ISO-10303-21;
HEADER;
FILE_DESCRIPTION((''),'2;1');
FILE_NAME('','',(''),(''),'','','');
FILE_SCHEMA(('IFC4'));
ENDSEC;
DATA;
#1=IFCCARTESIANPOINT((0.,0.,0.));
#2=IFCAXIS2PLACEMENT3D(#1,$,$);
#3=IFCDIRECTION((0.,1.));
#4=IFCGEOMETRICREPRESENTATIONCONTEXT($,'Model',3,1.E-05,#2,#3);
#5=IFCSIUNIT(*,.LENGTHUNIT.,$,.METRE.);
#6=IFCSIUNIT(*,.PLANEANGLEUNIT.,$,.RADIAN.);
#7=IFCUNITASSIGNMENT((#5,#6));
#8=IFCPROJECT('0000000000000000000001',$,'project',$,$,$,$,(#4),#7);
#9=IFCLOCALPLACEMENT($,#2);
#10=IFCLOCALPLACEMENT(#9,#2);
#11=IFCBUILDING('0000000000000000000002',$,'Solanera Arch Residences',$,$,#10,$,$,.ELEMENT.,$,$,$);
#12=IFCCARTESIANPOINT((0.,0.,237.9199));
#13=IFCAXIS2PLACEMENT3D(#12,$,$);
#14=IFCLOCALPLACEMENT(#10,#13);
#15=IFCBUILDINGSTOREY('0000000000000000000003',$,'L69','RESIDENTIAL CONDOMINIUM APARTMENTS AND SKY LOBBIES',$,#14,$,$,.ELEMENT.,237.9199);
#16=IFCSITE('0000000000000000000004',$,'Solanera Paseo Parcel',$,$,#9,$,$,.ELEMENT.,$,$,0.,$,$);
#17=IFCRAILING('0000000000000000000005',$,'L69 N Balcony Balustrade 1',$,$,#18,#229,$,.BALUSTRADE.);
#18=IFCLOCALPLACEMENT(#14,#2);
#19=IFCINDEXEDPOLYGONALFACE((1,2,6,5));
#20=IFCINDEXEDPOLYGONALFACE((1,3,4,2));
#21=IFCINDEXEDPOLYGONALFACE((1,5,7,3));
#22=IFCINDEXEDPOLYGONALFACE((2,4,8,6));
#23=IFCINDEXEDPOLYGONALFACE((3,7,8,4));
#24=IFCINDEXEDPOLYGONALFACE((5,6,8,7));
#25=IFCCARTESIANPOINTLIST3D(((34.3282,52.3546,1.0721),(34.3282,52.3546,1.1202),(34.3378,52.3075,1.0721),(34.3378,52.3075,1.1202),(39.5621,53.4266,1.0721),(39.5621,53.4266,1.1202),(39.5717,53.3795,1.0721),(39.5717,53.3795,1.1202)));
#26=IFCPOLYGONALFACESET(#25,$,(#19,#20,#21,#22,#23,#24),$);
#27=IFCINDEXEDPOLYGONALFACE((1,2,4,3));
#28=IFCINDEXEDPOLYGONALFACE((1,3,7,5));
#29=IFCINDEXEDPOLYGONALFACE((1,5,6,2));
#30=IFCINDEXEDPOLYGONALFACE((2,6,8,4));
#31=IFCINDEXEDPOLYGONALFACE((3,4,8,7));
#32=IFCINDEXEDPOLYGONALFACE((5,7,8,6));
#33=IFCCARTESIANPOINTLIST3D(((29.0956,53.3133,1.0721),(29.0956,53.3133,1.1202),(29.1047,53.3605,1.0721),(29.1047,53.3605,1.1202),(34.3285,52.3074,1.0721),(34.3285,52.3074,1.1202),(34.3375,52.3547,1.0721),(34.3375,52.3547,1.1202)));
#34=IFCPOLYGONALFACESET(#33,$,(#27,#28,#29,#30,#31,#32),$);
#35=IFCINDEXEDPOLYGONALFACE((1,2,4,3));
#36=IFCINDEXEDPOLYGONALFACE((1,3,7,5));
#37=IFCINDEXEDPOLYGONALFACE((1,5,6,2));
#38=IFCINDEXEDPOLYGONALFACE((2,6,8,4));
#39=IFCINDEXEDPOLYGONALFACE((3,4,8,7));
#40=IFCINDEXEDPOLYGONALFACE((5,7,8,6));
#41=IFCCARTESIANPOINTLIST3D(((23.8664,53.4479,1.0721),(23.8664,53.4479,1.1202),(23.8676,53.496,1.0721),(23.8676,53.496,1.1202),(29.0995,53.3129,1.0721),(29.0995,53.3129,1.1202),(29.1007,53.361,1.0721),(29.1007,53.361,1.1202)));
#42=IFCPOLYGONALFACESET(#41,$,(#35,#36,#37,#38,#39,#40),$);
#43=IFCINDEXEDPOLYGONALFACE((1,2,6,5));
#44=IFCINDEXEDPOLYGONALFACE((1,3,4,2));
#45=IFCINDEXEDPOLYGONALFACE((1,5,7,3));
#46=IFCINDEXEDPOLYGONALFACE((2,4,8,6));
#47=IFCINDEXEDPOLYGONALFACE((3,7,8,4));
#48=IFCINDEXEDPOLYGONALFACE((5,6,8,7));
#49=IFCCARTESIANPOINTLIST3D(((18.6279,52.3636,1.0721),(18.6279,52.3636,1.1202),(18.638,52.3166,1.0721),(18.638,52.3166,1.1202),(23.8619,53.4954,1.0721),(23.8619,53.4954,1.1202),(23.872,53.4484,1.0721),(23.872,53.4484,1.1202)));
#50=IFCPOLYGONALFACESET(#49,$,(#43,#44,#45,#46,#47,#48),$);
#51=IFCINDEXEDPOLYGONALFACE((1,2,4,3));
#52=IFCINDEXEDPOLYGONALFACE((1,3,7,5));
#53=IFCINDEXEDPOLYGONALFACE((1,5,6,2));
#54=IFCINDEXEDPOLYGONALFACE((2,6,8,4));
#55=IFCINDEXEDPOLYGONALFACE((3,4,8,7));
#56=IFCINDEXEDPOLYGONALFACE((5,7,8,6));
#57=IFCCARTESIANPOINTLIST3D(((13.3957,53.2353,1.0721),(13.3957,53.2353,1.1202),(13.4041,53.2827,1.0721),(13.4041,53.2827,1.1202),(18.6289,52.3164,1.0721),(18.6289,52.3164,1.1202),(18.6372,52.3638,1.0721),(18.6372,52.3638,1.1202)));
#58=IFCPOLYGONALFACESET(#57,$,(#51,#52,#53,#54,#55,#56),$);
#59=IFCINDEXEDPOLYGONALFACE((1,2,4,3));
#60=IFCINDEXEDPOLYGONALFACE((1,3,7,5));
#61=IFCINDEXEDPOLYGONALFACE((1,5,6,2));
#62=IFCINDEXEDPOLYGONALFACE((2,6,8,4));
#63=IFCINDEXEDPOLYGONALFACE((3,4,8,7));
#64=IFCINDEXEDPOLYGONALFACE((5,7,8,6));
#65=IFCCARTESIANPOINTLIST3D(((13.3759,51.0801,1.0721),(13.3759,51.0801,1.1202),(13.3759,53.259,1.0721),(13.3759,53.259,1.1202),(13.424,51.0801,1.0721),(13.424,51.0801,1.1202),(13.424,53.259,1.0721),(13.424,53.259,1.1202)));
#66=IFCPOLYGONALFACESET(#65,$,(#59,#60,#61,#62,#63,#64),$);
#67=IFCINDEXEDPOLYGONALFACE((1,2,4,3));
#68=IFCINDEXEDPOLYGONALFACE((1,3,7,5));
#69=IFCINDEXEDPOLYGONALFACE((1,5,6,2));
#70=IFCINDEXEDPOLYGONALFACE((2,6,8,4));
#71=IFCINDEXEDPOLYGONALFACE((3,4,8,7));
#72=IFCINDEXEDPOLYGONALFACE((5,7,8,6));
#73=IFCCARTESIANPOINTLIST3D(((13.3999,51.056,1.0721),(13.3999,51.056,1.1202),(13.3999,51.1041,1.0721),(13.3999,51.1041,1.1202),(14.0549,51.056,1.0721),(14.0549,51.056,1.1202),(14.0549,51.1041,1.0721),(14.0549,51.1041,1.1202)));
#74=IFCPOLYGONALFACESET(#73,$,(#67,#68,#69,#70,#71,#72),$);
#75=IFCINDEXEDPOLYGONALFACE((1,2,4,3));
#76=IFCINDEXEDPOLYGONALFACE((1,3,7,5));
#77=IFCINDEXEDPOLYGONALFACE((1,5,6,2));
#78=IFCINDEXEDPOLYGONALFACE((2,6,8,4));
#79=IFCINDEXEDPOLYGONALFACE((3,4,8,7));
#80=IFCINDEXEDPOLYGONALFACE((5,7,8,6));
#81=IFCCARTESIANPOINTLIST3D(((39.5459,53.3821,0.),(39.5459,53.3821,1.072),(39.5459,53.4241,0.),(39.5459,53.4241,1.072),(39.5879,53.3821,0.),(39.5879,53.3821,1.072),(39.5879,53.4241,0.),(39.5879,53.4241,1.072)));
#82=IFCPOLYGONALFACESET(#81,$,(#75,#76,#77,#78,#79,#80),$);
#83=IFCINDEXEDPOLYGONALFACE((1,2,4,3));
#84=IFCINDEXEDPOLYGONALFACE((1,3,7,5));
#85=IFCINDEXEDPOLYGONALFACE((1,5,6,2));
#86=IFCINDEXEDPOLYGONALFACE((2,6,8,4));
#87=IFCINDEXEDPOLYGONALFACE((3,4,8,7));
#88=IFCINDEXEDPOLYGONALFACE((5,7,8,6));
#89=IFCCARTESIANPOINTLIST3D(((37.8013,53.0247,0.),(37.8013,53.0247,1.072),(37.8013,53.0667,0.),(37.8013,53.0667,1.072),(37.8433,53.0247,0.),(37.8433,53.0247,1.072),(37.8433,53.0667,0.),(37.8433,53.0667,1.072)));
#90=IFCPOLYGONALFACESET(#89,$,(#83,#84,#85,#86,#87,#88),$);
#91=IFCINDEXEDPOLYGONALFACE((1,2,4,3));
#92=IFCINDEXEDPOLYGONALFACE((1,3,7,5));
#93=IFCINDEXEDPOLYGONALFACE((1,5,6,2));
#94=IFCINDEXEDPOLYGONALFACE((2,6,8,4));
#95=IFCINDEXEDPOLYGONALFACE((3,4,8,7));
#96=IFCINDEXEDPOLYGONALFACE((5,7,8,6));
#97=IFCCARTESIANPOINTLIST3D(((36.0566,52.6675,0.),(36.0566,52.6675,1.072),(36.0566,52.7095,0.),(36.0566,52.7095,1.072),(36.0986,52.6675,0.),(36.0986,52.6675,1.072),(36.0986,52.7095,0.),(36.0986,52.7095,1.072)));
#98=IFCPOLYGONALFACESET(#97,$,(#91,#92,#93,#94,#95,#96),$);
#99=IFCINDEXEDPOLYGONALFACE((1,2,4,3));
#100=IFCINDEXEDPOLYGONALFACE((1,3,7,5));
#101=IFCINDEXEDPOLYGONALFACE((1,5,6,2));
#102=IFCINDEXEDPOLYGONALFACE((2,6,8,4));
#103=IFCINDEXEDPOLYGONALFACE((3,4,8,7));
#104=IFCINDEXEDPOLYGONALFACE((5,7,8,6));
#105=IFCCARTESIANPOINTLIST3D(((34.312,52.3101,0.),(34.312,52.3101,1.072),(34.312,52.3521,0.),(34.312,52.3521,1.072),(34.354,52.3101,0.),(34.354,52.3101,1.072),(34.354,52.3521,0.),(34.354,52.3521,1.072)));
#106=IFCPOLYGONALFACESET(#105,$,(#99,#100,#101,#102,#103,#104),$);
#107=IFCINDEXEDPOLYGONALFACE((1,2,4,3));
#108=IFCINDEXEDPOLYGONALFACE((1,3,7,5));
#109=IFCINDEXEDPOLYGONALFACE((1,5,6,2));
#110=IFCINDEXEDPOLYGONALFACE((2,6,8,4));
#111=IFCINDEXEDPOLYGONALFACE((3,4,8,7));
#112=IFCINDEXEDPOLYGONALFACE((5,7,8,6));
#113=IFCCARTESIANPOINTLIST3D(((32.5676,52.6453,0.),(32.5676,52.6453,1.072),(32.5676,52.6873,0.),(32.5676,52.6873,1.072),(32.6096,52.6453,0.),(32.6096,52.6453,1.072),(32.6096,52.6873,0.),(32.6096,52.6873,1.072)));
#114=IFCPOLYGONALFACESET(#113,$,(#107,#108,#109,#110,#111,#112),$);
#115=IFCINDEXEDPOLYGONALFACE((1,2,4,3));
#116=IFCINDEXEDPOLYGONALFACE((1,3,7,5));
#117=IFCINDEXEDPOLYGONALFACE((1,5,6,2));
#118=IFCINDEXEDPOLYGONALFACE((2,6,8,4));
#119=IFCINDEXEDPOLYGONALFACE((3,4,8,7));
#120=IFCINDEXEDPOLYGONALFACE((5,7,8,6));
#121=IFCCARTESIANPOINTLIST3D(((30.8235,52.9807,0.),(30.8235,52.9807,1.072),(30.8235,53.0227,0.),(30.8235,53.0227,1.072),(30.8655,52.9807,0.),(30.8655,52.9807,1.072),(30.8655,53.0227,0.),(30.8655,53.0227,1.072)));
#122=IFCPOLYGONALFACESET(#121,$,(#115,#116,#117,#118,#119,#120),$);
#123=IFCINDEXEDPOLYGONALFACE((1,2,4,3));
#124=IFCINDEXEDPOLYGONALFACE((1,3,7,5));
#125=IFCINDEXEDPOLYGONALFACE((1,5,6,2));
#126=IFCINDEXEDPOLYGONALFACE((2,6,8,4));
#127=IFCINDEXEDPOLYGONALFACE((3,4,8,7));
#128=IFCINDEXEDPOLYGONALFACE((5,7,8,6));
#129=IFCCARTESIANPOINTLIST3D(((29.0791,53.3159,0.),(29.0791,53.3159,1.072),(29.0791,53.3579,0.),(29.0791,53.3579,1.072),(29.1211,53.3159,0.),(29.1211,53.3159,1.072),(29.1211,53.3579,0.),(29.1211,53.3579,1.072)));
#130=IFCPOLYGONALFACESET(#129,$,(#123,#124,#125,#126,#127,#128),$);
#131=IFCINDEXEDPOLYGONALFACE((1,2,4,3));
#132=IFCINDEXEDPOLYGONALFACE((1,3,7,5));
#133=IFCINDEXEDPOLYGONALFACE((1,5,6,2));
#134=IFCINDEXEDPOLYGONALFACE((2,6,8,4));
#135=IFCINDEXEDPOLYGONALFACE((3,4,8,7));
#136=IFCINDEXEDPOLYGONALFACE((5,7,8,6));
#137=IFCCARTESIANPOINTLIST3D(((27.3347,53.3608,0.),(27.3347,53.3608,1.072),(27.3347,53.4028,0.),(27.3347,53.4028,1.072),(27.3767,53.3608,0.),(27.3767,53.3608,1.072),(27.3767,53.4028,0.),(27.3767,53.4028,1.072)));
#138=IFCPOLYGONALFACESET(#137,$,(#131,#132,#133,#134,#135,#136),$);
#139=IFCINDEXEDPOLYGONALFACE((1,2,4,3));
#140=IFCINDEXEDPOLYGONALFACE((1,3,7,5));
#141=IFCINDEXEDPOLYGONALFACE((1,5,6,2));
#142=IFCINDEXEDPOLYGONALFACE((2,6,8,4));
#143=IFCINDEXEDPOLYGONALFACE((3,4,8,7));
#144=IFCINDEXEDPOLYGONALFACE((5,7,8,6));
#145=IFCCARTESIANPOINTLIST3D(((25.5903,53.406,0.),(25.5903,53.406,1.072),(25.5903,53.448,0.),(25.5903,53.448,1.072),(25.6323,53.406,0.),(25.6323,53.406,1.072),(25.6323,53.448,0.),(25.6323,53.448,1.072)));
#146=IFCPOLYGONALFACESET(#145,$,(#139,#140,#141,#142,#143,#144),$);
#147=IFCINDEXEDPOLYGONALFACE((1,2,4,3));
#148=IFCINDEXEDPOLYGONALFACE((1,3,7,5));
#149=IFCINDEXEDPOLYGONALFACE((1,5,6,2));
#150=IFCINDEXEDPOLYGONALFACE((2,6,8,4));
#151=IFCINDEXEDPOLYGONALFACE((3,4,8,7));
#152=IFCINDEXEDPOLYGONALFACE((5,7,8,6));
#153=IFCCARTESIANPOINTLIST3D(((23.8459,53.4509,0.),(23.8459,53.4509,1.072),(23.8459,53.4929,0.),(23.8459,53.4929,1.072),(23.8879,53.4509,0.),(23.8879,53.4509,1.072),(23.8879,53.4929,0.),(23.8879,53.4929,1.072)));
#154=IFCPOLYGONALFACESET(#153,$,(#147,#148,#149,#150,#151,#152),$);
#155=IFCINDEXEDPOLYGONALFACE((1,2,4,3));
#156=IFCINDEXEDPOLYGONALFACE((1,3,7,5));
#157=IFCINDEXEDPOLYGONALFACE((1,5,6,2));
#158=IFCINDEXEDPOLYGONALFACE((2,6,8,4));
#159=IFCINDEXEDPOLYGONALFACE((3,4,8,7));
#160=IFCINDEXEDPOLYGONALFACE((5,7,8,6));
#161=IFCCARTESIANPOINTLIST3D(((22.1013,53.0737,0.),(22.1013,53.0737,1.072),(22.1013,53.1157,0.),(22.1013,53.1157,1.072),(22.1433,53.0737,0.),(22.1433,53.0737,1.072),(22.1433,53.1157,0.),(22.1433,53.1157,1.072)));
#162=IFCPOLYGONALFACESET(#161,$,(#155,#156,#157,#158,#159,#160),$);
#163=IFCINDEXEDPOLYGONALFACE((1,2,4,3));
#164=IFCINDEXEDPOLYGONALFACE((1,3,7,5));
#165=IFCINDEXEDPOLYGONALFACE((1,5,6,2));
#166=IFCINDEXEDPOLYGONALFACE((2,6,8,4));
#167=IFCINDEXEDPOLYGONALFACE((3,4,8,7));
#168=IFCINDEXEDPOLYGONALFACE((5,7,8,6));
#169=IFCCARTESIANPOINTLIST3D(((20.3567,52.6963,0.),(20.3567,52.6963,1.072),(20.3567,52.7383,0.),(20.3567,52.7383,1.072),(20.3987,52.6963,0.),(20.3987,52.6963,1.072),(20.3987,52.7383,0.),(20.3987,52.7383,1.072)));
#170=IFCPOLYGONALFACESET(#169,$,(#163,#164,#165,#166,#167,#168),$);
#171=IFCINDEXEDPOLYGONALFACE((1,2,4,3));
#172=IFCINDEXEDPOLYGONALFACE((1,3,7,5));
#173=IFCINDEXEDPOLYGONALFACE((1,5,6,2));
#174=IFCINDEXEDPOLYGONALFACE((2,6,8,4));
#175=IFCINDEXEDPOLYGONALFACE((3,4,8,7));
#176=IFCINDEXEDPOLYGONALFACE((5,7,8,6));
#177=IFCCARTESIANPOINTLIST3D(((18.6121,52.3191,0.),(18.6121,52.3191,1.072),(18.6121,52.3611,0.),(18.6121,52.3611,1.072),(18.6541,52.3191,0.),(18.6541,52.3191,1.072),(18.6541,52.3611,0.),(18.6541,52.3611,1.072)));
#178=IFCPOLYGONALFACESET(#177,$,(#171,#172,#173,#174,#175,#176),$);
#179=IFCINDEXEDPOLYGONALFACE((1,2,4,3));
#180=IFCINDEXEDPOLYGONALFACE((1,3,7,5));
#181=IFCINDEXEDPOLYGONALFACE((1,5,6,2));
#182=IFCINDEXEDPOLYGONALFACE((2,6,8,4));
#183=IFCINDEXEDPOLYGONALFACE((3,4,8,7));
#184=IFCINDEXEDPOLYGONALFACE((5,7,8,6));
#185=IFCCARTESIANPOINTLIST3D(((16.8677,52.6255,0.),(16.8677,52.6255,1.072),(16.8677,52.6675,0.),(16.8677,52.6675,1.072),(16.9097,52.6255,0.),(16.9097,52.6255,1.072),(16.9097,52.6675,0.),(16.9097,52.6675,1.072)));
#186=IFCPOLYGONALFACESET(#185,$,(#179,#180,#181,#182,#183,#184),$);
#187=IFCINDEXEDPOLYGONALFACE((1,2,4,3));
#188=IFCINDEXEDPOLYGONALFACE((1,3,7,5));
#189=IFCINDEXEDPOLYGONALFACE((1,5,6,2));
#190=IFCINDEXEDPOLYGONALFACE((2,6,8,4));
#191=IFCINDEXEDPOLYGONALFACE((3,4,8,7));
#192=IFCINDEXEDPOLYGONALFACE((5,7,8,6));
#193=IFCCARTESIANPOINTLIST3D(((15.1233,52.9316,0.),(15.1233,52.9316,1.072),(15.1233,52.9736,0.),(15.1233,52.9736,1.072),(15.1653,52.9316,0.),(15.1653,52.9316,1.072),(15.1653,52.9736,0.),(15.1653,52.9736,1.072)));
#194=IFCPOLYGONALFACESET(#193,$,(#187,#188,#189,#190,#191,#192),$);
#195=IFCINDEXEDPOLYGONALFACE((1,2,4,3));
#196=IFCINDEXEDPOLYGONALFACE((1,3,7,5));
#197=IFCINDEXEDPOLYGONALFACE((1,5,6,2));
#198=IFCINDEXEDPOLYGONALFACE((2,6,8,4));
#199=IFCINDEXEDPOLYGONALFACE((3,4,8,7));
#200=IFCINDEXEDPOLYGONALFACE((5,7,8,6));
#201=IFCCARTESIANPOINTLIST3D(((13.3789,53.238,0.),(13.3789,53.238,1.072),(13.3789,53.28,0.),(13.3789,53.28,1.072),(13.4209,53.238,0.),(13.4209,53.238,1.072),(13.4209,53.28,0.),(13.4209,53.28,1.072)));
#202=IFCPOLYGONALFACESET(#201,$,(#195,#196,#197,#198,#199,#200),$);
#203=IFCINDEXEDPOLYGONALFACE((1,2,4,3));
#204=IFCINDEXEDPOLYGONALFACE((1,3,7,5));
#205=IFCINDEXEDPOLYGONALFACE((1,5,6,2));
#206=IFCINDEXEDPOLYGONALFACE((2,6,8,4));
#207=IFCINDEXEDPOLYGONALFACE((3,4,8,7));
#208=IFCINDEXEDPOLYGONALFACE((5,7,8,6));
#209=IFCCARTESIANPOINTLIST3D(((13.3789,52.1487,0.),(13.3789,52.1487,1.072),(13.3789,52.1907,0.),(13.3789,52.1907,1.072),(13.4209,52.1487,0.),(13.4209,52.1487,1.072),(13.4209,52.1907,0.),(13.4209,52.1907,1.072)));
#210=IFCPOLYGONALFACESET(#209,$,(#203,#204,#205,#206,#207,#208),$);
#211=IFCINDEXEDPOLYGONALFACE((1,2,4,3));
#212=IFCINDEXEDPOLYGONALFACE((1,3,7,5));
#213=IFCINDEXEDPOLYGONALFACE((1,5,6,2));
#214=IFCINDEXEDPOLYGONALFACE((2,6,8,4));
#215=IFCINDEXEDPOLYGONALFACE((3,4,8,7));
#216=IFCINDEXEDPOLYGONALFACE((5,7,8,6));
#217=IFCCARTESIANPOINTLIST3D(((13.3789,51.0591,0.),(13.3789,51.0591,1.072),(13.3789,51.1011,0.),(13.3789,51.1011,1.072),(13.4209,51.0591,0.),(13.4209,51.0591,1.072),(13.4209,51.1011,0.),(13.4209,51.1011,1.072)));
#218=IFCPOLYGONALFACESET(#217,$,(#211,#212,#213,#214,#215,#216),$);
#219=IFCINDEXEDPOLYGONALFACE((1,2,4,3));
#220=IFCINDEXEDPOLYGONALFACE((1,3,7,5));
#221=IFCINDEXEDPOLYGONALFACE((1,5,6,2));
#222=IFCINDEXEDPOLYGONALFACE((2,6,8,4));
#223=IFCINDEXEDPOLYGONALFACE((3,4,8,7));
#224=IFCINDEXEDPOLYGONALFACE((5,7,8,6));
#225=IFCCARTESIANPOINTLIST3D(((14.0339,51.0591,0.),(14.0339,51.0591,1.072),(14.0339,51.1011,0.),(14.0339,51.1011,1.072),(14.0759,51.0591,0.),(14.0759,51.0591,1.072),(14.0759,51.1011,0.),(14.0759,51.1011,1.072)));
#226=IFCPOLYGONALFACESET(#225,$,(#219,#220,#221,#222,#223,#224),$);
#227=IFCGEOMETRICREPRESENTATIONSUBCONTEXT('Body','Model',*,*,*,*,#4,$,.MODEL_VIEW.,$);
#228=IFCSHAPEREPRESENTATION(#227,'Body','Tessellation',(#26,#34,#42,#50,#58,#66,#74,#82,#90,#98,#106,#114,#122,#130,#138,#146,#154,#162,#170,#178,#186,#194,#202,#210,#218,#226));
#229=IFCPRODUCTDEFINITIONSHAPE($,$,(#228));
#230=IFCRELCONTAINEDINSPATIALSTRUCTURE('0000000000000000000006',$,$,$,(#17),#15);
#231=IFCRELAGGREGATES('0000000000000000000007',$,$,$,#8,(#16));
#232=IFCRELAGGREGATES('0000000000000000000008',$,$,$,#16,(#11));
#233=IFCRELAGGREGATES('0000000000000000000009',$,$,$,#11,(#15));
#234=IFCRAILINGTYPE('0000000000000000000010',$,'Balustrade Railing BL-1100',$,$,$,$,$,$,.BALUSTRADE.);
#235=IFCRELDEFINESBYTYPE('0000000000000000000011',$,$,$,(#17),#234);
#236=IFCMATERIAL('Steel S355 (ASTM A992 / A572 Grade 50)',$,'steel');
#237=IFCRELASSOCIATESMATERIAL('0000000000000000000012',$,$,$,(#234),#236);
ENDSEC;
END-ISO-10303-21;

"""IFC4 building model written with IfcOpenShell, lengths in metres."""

from ifc_helpers import new_model, si_unit, direction, frame, origin, origin_2d, place, context, subcontext, project, spatial, rectangle, extrude, material, type_object, element, save


model = new_model("IFC4")

# Units and contexts
model_context = context("Model", 3, precision=1e-05, world=origin(), true_north=direction((0.0, 1.0)))
body_context = subcontext(model_context, "Body", "Model", "MODEL_VIEW")
ifc_project = project(units=[si_unit("LENGTHUNIT", "METRE"), si_unit("PLANEANGLEUNIT", "RADIAN")], contexts=[model_context])

# Site, building, storey
site_placement = place(None, origin())
site = spatial("IfcSite", under=ifc_project, at=site_placement, Name="Solanera Paseo Parcel", CompositionType="ELEMENT", RefElevation=0.0)
building_placement = place(site_placement, origin())
building = spatial("IfcBuilding", under=site, at=building_placement, Name="Solanera Arch Residences", CompositionType="ELEMENT")
storey_placement = place(building_placement, frame((0.0, 0.0, 237.9199)))
storey = spatial("IfcBuildingStorey", under=building, at=storey_placement, Name="L69", Description="RESIDENTIAL CONDOMINIUM APARTMENTS AND SKY LOBBIES", CompositionType="ELEMENT", Elevation=237.9199)

# Railing
ifc_material_1 = material(Name="Steel S355 (ASTM A992 / A572 Grade 50)", Category="steel")
railing_type = type_object("IfcRailingType", Name="Balustrade Railing BL-1100", PredefinedType="BALUSTRADE", material=ifc_material_1)
railing_1_placement = place(storey_placement, frame((39.5669, 53.4031, 0.0)))
element("IfcRailing", 1, at=railing_1_placement, inside=storey, type_object=railing_type, Name="L69 N Balcony Balustrade 1", PredefinedType="BALUSTRADE", context=body_context, shape_type="SweptSolid", body=[
    extrude(rectangle(XDim=0.0481, YDim=0.0481, at=origin_2d()), frame((0.0, 0.0, 1.0962), z_axis=(-0.979661, -0.200657, 0.0), x_axis=(0.200657, -0.979661, 0.0)), (0.0, 0.0, 1.0), 5.3425),
    extrude(rectangle(XDim=0.0481, YDim=0.0481, at=origin_2d()), frame((-5.2339, -1.072, 1.0962), z_axis=(-0.982023, 0.188762, 0.0), x_axis=(-0.188762, -0.982023, 0.0)), (0.0, 0.0, 1.0), 5.3286),
    extrude(rectangle(XDim=0.0481, YDim=0.0481, at=origin_2d()), frame((-10.4668, -0.0662, 1.0962), z_axis=(-0.999667, 0.02579, 0.0), x_axis=(-0.02579, -0.999667, 0.0)), (0.0, 0.0, 1.0), 5.2349),
    extrude(rectangle(XDim=0.0481, YDim=0.0481, at=origin_2d()), frame((-15.7, 0.0688, 1.0962), z_axis=(-0.977407, -0.211366, 0.0), x_axis=(0.211366, -0.977407, 0.0)), (0.0, 0.0, 1.0), 5.355),
    extrude(rectangle(XDim=0.0481, YDim=0.0481, at=origin_2d()), frame((-20.9338, -1.063, 1.0962), z_axis=(-0.98493, 0.172954, 0.0), x_axis=(-0.172954, -0.98493, 0.0)), (0.0, 0.0, 1.0), 5.3132),
    extrude(rectangle(XDim=0.0481, YDim=0.0481, at=origin_2d()), frame((-26.167, -0.144, 1.0962), z_axis=(0.0, -1.0, 0.0), x_axis=(1.0, 0.0, 0.0)), (0.0, 0.0, 1.0), 2.179),
    extrude(rectangle(XDim=0.0481, YDim=0.0481, at=origin_2d()), frame((-26.167, -2.323, 1.0962), z_axis=(1.0, 0.0, 0.0), x_axis=(0.0, 1.0, 0.0)), (0.0, 0.0, 1.0), 0.655),
    extrude(rectangle(XDim=0.042, YDim=0.042, at=origin_2d()), origin(), (0.0, 0.0, 1.0), 1.072),
    extrude(rectangle(XDim=0.042, YDim=0.042, at=origin_2d()), frame((-1.7446, -0.3574, 0.0)), (0.0, 0.0, 1.0), 1.072),
    extrude(rectangle(XDim=0.042, YDim=0.042, at=origin_2d()), frame((-3.4893, -0.7146, 0.0)), (0.0, 0.0, 1.0), 1.072),
    extrude(rectangle(XDim=0.042, YDim=0.042, at=origin_2d()), frame((-5.2339, -1.072, 0.0)), (0.0, 0.0, 1.0), 1.072),
    extrude(rectangle(XDim=0.042, YDim=0.042, at=origin_2d()), frame((-6.9783, -0.7368, 0.0)), (0.0, 0.0, 1.0), 1.072),
    extrude(rectangle(XDim=0.042, YDim=0.042, at=origin_2d()), frame((-8.7224, -0.4014, 0.0)), (0.0, 0.0, 1.0), 1.072),
    extrude(rectangle(XDim=0.042, YDim=0.042, at=origin_2d()), frame((-10.4668, -0.0662, 0.0)), (0.0, 0.0, 1.0), 1.072),
    extrude(rectangle(XDim=0.042, YDim=0.042, at=origin_2d()), frame((-12.2112, -0.0212, 0.0)), (0.0, 0.0, 1.0), 1.072),
    extrude(rectangle(XDim=0.042, YDim=0.042, at=origin_2d()), frame((-13.9556, 0.0239, 0.0)), (0.0, 0.0, 1.0), 1.072),
    extrude(rectangle(XDim=0.042, YDim=0.042, at=origin_2d()), frame((-15.7, 0.0688, 0.0)), (0.0, 0.0, 1.0), 1.072),
    extrude(rectangle(XDim=0.042, YDim=0.042, at=origin_2d()), frame((-17.4446, -0.3083, 0.0)), (0.0, 0.0, 1.0), 1.072),
    extrude(rectangle(XDim=0.042, YDim=0.042, at=origin_2d()), frame((-19.1892, -0.6858, 0.0)), (0.0, 0.0, 1.0), 1.072),
    extrude(rectangle(XDim=0.042, YDim=0.042, at=origin_2d()), frame((-20.9338, -1.063, 0.0)), (0.0, 0.0, 1.0), 1.072),
    extrude(rectangle(XDim=0.042, YDim=0.042, at=origin_2d()), frame((-22.6782, -0.7566, 0.0)), (0.0, 0.0, 1.0), 1.072),
    extrude(rectangle(XDim=0.042, YDim=0.042, at=origin_2d()), frame((-24.4226, -0.4504, 0.0)), (0.0, 0.0, 1.0), 1.072),
    extrude(rectangle(XDim=0.042, YDim=0.042, at=origin_2d()), frame((-26.167, -0.144, 0.0)), (0.0, 0.0, 1.0), 1.072),
    extrude(rectangle(XDim=0.042, YDim=0.042, at=origin_2d()), frame((-26.167, -1.2334, 0.0)), (0.0, 0.0, 1.0), 1.072),
    extrude(rectangle(XDim=0.042, YDim=0.042, at=origin_2d()), frame((-26.167, -2.323, 0.0)), (0.0, 0.0, 1.0), 1.072),
    extrude(rectangle(XDim=0.042, YDim=0.042, at=origin_2d()), frame((-25.512, -2.323, 0.0)), (0.0, 0.0, 1.0), 1.072),
])

save(model, "model.ifc")
